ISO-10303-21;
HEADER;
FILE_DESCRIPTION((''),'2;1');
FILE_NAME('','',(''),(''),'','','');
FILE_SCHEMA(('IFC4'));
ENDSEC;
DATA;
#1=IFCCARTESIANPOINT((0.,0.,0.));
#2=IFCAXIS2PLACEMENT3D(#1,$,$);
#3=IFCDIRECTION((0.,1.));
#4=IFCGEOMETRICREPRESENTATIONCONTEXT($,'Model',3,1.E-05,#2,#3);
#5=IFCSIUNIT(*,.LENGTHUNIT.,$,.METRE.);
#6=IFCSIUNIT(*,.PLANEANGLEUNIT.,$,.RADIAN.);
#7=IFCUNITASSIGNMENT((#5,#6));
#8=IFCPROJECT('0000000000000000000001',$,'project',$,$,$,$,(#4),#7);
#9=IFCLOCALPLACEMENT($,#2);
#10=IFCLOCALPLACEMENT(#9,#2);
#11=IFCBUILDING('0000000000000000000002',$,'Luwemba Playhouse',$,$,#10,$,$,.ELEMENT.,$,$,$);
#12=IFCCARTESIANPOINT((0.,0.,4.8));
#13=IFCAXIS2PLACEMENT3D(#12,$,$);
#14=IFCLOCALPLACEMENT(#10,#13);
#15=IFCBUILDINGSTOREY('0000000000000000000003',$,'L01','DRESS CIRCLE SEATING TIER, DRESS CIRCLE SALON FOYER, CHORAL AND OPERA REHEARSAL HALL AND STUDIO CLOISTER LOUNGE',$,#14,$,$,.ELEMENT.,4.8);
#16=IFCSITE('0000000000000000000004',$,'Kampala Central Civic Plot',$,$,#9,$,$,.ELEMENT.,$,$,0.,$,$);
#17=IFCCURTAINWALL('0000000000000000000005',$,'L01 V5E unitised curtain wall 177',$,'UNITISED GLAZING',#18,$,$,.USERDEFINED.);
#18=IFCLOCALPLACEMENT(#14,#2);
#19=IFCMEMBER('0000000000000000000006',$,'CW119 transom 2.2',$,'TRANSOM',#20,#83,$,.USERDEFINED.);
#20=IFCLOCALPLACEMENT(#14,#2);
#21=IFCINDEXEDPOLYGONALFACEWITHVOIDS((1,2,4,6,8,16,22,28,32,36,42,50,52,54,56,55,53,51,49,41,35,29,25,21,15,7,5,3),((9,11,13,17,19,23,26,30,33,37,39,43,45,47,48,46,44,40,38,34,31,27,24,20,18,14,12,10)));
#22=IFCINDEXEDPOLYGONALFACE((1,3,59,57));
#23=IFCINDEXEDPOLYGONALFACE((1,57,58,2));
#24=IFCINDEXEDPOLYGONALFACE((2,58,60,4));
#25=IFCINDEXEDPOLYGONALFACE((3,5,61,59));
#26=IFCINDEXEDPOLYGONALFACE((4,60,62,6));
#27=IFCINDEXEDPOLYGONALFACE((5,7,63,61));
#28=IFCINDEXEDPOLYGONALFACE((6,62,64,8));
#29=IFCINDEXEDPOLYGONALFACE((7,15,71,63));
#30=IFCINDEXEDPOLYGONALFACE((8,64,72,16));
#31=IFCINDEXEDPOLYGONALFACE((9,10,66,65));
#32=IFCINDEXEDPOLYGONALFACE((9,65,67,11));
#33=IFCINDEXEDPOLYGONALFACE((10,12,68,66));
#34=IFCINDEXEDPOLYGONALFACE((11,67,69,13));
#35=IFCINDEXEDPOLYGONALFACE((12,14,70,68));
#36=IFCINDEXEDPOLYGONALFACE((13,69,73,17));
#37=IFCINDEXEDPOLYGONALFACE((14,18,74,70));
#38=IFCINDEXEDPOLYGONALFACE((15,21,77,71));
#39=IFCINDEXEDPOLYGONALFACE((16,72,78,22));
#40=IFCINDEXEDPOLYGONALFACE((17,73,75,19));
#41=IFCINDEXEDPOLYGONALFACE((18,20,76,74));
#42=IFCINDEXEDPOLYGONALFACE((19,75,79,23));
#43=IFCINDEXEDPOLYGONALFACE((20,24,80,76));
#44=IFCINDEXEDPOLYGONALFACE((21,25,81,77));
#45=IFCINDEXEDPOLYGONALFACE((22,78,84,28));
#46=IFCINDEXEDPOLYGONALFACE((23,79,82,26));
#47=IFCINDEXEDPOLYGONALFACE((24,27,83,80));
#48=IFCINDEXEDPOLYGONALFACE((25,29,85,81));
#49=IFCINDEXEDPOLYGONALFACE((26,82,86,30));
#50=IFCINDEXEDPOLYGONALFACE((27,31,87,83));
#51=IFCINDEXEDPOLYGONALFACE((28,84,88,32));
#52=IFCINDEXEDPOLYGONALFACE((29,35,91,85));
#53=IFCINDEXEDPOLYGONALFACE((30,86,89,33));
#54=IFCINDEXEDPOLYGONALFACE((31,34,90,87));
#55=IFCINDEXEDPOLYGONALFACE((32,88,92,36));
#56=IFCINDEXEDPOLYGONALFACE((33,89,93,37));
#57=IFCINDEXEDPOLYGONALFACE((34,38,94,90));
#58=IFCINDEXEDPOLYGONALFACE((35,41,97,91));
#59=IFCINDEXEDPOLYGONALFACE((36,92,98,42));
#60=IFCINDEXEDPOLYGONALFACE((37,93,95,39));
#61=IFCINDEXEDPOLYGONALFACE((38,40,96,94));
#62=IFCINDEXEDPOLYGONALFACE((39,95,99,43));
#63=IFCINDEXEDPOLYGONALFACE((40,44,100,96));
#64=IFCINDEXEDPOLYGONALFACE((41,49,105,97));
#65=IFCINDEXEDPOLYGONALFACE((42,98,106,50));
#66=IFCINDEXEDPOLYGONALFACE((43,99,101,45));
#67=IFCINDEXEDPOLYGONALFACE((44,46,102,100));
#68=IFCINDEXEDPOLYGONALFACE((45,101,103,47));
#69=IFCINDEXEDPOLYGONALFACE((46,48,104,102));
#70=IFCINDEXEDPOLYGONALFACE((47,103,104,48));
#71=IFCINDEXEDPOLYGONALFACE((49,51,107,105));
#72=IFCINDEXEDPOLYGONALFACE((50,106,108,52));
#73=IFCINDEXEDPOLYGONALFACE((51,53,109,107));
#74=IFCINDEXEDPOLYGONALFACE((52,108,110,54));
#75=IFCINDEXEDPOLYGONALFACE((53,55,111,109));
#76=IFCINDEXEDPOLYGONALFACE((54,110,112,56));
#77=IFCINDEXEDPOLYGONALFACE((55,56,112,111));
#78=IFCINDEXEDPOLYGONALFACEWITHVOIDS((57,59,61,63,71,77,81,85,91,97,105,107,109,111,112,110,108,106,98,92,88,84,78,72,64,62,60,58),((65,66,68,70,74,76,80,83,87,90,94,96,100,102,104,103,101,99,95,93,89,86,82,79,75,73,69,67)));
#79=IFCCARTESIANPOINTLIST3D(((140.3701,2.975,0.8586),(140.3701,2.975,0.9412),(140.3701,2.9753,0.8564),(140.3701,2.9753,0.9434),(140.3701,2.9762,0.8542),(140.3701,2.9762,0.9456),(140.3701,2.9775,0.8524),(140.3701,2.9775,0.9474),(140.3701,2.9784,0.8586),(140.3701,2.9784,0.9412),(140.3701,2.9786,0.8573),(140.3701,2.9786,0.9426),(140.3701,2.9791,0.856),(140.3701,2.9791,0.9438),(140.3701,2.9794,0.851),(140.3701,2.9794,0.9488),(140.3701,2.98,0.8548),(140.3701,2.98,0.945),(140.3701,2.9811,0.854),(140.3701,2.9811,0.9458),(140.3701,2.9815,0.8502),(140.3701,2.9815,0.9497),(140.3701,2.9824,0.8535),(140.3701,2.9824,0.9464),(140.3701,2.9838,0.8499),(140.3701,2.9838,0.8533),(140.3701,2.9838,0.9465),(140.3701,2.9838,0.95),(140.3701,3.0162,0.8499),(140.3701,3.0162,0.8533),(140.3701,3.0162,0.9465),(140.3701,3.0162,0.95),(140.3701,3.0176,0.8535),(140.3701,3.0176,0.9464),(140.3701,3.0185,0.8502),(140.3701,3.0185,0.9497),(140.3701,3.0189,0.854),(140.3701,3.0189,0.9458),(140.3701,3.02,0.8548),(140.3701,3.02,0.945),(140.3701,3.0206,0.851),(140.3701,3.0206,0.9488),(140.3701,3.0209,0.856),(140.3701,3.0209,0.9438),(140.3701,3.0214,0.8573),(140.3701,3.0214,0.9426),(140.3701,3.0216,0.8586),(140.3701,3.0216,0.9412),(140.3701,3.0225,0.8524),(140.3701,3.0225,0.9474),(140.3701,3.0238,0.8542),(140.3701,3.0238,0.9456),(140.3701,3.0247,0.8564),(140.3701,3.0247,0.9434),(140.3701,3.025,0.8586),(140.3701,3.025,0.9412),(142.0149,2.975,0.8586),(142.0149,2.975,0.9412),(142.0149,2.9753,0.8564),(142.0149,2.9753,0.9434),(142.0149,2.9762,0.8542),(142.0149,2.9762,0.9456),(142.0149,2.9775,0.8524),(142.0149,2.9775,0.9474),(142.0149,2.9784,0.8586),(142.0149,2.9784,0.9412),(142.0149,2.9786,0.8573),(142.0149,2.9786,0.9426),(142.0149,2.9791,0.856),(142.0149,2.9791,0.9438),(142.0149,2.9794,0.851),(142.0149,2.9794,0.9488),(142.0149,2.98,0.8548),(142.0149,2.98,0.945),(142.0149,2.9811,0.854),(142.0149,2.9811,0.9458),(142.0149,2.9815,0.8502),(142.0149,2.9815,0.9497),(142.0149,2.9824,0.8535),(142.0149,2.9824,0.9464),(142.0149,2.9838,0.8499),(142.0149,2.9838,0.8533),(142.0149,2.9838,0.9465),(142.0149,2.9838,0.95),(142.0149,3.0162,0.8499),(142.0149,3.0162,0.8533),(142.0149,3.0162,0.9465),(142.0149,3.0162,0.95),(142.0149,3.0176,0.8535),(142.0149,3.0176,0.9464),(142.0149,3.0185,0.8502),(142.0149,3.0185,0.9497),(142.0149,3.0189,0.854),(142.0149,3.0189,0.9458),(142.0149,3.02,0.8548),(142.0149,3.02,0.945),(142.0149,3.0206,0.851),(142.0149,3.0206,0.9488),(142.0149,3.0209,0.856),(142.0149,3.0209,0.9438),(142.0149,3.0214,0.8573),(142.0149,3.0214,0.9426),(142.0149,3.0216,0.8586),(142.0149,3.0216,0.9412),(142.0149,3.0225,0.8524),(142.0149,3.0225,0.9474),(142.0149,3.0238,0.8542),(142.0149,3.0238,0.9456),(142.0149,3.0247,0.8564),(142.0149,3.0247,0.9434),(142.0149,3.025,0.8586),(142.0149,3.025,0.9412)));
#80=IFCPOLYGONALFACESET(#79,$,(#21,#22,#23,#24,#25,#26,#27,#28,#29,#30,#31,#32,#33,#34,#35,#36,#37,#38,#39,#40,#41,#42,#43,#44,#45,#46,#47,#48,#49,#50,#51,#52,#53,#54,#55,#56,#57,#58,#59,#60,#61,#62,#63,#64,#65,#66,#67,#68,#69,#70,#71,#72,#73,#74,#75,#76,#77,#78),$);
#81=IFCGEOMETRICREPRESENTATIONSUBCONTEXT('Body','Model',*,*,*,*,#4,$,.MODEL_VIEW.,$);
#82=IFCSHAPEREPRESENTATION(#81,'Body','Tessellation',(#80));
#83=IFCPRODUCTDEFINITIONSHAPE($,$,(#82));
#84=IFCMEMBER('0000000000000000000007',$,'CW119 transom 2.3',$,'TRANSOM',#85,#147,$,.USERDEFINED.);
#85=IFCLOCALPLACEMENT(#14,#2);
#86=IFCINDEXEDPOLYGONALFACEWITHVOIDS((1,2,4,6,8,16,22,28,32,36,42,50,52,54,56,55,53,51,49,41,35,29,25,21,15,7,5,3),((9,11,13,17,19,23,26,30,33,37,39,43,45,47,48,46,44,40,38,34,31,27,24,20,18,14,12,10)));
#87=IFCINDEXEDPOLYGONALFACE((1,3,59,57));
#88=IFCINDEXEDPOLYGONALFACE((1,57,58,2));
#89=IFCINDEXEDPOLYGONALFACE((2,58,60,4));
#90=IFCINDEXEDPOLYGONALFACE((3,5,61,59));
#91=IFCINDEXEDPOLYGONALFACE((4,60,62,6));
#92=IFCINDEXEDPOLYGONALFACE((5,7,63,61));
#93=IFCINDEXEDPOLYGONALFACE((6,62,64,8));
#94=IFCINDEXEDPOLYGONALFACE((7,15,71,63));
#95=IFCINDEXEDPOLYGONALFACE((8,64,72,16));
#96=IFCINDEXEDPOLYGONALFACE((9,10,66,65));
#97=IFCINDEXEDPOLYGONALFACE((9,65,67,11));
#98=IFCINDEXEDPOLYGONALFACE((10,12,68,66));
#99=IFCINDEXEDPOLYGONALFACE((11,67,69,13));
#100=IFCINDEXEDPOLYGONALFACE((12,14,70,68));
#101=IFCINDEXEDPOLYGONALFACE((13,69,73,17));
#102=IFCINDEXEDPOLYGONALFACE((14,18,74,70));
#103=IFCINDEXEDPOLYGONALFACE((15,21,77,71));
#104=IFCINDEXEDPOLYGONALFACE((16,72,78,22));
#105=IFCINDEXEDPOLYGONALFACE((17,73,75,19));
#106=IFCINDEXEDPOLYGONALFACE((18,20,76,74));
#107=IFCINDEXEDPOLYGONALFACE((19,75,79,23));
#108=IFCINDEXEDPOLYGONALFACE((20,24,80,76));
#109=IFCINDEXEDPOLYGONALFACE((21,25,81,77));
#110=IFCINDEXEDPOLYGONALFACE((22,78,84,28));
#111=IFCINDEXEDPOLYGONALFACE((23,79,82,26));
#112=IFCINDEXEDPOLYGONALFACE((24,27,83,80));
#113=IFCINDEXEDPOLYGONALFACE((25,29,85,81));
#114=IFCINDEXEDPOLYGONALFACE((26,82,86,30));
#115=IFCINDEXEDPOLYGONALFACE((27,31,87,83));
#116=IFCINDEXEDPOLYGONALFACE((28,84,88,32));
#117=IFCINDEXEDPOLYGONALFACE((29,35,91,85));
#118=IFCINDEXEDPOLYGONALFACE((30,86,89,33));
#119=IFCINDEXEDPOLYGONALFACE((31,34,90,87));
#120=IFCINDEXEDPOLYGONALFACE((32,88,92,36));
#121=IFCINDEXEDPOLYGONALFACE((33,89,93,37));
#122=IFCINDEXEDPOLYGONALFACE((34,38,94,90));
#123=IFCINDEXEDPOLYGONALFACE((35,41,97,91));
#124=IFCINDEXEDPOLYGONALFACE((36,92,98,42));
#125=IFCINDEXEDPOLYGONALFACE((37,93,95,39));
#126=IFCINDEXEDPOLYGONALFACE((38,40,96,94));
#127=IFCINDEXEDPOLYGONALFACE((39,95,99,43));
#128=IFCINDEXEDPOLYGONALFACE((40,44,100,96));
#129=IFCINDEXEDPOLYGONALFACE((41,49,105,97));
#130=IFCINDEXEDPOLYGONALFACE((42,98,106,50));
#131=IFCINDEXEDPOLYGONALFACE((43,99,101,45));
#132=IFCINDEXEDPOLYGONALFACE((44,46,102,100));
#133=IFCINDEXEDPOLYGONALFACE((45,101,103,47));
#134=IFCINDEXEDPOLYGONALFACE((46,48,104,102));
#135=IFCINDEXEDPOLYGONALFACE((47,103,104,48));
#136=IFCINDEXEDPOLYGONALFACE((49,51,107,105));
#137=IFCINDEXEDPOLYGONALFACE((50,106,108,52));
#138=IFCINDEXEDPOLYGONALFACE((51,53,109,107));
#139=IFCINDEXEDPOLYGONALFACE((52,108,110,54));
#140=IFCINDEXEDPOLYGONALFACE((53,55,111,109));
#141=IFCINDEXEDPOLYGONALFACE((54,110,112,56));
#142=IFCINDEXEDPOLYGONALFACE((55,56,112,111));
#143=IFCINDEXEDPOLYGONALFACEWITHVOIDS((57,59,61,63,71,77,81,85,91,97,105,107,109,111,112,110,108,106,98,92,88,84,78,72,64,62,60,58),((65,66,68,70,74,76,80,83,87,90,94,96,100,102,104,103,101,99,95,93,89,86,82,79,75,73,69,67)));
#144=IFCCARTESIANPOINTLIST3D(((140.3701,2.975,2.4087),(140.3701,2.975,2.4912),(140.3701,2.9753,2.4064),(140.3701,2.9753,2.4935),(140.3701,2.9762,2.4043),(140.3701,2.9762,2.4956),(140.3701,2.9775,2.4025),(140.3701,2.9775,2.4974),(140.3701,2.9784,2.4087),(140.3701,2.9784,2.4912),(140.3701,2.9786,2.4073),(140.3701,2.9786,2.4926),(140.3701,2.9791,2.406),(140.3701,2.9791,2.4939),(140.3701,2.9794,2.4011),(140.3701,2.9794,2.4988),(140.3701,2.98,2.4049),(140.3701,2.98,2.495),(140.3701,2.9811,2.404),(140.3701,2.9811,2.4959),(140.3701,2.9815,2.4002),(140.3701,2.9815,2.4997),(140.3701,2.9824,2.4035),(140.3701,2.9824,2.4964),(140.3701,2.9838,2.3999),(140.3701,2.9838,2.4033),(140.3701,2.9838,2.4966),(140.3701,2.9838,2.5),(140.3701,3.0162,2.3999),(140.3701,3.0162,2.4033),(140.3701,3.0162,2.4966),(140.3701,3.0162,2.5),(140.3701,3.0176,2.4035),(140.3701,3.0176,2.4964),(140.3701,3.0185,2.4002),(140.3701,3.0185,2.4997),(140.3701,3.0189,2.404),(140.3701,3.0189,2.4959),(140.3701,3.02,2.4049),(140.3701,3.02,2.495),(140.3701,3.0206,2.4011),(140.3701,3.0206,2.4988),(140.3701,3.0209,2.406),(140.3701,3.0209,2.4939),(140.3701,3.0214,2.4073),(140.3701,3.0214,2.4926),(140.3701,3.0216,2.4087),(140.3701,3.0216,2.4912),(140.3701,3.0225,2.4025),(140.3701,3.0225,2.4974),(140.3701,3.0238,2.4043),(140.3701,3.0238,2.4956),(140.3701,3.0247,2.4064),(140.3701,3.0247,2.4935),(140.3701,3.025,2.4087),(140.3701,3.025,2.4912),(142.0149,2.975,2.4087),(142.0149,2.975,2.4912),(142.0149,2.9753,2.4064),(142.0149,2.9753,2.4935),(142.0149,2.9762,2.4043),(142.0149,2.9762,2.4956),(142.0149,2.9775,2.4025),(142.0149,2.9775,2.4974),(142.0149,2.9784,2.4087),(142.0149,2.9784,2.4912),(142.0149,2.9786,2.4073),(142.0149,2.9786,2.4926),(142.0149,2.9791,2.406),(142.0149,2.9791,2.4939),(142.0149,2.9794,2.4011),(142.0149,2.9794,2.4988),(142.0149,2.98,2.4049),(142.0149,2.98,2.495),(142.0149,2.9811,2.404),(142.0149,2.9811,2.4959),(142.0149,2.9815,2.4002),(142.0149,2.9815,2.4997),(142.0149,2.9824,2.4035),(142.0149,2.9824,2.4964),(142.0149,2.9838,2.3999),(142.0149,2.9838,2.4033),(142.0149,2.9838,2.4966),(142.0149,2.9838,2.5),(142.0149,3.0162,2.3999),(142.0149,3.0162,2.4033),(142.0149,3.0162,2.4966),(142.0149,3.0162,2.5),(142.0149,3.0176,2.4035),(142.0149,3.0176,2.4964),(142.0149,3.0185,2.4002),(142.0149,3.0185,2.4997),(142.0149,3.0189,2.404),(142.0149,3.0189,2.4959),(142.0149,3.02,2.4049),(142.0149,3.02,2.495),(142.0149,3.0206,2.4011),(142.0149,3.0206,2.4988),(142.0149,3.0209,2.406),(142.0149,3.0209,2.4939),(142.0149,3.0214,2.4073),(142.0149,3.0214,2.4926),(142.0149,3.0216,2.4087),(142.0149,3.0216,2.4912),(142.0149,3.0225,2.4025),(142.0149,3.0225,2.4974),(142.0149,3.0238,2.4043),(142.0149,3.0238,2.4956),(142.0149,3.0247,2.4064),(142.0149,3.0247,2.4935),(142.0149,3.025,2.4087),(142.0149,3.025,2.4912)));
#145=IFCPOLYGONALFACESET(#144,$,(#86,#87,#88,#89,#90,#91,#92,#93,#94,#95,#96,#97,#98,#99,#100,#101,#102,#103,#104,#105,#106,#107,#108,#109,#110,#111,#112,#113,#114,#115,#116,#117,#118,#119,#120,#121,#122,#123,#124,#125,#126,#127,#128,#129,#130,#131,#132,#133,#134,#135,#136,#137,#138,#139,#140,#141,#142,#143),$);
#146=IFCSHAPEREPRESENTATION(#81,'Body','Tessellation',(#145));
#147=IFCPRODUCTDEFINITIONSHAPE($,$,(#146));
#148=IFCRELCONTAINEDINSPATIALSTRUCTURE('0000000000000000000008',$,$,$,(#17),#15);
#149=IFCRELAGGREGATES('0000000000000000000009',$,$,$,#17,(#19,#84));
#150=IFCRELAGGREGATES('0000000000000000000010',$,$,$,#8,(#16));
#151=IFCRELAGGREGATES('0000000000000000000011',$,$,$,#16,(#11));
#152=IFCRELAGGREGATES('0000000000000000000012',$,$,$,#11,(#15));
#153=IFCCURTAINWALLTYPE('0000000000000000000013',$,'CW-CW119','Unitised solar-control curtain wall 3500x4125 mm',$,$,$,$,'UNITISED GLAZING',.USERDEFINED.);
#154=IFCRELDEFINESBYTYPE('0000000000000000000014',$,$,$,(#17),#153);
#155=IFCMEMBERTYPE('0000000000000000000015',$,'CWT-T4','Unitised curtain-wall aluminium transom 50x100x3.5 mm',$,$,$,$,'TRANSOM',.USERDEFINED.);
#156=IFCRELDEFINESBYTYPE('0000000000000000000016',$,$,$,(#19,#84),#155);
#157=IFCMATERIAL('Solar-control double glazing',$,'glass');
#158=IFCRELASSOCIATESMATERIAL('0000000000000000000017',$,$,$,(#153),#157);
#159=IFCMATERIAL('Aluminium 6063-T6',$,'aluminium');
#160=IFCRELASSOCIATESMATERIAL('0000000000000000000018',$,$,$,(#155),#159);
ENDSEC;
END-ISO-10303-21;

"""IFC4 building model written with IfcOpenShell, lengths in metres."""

from ifc_helpers import new_model, si_unit, direction, frame, origin, origin_2d, place, context, subcontext, project, spatial, hollow_rectangle, extrude, material, material_profile, profile_set, type_object, element, aggregate, save


model = new_model("IFC4")

# Units and contexts
model_context = context("Model", 3, precision=1e-05, world=origin(), true_north=direction((0.0, 1.0)))
body_context = subcontext(model_context, "Body", "Model", "MODEL_VIEW")
ifc_project = project(units=[si_unit("LENGTHUNIT", "METRE"), si_unit("PLANEANGLEUNIT", "RADIAN")], contexts=[model_context])

# Site, building, storey
site_placement = place(None, origin())
site = spatial("IfcSite", under=ifc_project, at=site_placement, Name="Kampala Central Civic Plot", CompositionType="ELEMENT", RefElevation=0.0)
building_placement = place(site_placement, origin())
building = spatial("IfcBuilding", under=site, at=building_placement, Name="Luwemba Playhouse", CompositionType="ELEMENT")
storey_placement = place(building_placement, frame((0.0, 0.0, 4.8)))
storey = spatial("IfcBuildingStorey", under=building, at=storey_placement, Name="L01", Description="DRESS CIRCLE SEATING TIER, DRESS CIRCLE SALON FOYER, CHORAL AND OPERA REHEARSAL HALL AND STUDIO CLOISTER LOUNGE", CompositionType="ELEMENT", Elevation=4.8)

# Shared definitions
ifc_material_1 = material(Name="Solar-control double glazing", Category="glass")
ifc_material_2 = material(Name="Aluminium 6063-T6", Category="aluminium")

# Curtain wall, members
curtain_wall_type_1 = type_object("IfcCurtainWallType", Name="CW-CW119", Description="Unitised solar-control curtain wall 3500x4125 mm", ElementType="UNITISED GLAZING", PredefinedType="USERDEFINED", material=ifc_material_1)
curtain_wall_1_placement = place(storey_placement, origin())
curtain_wall_1 = element("IfcCurtainWall", 1, at=curtain_wall_1_placement, inside=storey, type_object=curtain_wall_type_1, Name="L01 V5E unitised curtain wall 177", ObjectType="UNITISED GLAZING", PredefinedType="USERDEFINED")
ifc_material_profile_1 = material_profile(ifc_material_2, hollow_rectangle(XDim=0.05, YDim=0.1001, WallThickness=0.0034, InnerFilletRadius=0.0054, OuterFilletRadius=0.0088, at=origin_2d()))
ifc_profile_set_1 = profile_set([ifc_material_profile_1], Name="Aluminium 6063-T6")
member_type_1 = type_object("IfcMemberType", Name="CWT-T4", Description="Unitised curtain-wall aluminium transom 50x100x3.5 mm", ElementType="TRANSOM", PredefinedType="USERDEFINED", material=ifc_profile_set_1)
member_1_placement = place(storey_placement, frame((142.0149, 3.0, 0.8999), z_axis=(-1.0, 0.0, 0.0), x_axis=(0.0, -1.0, 0.0)))
member_1 = element("IfcMember", 2, at=member_1_placement, type_object=member_type_1, Name="CW119 transom 2.2", ObjectType="TRANSOM", PredefinedType="USERDEFINED", context=body_context, shape_type="SweptSolid", body=[
    extrude(hollow_rectangle(XDim=0.05, YDim=0.1001, WallThickness=0.0034, InnerFilletRadius=0.0054, OuterFilletRadius=0.0088, at=origin_2d()), origin(), (0.0, 0.0, 1.0), 1.6448),
])
member_2_placement = place(storey_placement, frame((142.0149, 3.0, 2.45), z_axis=(-1.0, 0.0, 0.0), x_axis=(0.0, -1.0, 0.0)))
member_2 = element("IfcMember", 3, at=member_2_placement, type_object=member_type_1, Name="CW119 transom 2.3", ObjectType="TRANSOM", PredefinedType="USERDEFINED", context=body_context, shape_type="SweptSolid", body=[
    extrude(hollow_rectangle(XDim=0.05, YDim=0.1001, WallThickness=0.0034, InnerFilletRadius=0.0054, OuterFilletRadius=0.0088, at=origin_2d()), origin(), (0.0, 0.0, 1.0), 1.6448),
])

aggregate(curtain_wall_1, [member_1, member_2])

save(model, "model.ifc")
